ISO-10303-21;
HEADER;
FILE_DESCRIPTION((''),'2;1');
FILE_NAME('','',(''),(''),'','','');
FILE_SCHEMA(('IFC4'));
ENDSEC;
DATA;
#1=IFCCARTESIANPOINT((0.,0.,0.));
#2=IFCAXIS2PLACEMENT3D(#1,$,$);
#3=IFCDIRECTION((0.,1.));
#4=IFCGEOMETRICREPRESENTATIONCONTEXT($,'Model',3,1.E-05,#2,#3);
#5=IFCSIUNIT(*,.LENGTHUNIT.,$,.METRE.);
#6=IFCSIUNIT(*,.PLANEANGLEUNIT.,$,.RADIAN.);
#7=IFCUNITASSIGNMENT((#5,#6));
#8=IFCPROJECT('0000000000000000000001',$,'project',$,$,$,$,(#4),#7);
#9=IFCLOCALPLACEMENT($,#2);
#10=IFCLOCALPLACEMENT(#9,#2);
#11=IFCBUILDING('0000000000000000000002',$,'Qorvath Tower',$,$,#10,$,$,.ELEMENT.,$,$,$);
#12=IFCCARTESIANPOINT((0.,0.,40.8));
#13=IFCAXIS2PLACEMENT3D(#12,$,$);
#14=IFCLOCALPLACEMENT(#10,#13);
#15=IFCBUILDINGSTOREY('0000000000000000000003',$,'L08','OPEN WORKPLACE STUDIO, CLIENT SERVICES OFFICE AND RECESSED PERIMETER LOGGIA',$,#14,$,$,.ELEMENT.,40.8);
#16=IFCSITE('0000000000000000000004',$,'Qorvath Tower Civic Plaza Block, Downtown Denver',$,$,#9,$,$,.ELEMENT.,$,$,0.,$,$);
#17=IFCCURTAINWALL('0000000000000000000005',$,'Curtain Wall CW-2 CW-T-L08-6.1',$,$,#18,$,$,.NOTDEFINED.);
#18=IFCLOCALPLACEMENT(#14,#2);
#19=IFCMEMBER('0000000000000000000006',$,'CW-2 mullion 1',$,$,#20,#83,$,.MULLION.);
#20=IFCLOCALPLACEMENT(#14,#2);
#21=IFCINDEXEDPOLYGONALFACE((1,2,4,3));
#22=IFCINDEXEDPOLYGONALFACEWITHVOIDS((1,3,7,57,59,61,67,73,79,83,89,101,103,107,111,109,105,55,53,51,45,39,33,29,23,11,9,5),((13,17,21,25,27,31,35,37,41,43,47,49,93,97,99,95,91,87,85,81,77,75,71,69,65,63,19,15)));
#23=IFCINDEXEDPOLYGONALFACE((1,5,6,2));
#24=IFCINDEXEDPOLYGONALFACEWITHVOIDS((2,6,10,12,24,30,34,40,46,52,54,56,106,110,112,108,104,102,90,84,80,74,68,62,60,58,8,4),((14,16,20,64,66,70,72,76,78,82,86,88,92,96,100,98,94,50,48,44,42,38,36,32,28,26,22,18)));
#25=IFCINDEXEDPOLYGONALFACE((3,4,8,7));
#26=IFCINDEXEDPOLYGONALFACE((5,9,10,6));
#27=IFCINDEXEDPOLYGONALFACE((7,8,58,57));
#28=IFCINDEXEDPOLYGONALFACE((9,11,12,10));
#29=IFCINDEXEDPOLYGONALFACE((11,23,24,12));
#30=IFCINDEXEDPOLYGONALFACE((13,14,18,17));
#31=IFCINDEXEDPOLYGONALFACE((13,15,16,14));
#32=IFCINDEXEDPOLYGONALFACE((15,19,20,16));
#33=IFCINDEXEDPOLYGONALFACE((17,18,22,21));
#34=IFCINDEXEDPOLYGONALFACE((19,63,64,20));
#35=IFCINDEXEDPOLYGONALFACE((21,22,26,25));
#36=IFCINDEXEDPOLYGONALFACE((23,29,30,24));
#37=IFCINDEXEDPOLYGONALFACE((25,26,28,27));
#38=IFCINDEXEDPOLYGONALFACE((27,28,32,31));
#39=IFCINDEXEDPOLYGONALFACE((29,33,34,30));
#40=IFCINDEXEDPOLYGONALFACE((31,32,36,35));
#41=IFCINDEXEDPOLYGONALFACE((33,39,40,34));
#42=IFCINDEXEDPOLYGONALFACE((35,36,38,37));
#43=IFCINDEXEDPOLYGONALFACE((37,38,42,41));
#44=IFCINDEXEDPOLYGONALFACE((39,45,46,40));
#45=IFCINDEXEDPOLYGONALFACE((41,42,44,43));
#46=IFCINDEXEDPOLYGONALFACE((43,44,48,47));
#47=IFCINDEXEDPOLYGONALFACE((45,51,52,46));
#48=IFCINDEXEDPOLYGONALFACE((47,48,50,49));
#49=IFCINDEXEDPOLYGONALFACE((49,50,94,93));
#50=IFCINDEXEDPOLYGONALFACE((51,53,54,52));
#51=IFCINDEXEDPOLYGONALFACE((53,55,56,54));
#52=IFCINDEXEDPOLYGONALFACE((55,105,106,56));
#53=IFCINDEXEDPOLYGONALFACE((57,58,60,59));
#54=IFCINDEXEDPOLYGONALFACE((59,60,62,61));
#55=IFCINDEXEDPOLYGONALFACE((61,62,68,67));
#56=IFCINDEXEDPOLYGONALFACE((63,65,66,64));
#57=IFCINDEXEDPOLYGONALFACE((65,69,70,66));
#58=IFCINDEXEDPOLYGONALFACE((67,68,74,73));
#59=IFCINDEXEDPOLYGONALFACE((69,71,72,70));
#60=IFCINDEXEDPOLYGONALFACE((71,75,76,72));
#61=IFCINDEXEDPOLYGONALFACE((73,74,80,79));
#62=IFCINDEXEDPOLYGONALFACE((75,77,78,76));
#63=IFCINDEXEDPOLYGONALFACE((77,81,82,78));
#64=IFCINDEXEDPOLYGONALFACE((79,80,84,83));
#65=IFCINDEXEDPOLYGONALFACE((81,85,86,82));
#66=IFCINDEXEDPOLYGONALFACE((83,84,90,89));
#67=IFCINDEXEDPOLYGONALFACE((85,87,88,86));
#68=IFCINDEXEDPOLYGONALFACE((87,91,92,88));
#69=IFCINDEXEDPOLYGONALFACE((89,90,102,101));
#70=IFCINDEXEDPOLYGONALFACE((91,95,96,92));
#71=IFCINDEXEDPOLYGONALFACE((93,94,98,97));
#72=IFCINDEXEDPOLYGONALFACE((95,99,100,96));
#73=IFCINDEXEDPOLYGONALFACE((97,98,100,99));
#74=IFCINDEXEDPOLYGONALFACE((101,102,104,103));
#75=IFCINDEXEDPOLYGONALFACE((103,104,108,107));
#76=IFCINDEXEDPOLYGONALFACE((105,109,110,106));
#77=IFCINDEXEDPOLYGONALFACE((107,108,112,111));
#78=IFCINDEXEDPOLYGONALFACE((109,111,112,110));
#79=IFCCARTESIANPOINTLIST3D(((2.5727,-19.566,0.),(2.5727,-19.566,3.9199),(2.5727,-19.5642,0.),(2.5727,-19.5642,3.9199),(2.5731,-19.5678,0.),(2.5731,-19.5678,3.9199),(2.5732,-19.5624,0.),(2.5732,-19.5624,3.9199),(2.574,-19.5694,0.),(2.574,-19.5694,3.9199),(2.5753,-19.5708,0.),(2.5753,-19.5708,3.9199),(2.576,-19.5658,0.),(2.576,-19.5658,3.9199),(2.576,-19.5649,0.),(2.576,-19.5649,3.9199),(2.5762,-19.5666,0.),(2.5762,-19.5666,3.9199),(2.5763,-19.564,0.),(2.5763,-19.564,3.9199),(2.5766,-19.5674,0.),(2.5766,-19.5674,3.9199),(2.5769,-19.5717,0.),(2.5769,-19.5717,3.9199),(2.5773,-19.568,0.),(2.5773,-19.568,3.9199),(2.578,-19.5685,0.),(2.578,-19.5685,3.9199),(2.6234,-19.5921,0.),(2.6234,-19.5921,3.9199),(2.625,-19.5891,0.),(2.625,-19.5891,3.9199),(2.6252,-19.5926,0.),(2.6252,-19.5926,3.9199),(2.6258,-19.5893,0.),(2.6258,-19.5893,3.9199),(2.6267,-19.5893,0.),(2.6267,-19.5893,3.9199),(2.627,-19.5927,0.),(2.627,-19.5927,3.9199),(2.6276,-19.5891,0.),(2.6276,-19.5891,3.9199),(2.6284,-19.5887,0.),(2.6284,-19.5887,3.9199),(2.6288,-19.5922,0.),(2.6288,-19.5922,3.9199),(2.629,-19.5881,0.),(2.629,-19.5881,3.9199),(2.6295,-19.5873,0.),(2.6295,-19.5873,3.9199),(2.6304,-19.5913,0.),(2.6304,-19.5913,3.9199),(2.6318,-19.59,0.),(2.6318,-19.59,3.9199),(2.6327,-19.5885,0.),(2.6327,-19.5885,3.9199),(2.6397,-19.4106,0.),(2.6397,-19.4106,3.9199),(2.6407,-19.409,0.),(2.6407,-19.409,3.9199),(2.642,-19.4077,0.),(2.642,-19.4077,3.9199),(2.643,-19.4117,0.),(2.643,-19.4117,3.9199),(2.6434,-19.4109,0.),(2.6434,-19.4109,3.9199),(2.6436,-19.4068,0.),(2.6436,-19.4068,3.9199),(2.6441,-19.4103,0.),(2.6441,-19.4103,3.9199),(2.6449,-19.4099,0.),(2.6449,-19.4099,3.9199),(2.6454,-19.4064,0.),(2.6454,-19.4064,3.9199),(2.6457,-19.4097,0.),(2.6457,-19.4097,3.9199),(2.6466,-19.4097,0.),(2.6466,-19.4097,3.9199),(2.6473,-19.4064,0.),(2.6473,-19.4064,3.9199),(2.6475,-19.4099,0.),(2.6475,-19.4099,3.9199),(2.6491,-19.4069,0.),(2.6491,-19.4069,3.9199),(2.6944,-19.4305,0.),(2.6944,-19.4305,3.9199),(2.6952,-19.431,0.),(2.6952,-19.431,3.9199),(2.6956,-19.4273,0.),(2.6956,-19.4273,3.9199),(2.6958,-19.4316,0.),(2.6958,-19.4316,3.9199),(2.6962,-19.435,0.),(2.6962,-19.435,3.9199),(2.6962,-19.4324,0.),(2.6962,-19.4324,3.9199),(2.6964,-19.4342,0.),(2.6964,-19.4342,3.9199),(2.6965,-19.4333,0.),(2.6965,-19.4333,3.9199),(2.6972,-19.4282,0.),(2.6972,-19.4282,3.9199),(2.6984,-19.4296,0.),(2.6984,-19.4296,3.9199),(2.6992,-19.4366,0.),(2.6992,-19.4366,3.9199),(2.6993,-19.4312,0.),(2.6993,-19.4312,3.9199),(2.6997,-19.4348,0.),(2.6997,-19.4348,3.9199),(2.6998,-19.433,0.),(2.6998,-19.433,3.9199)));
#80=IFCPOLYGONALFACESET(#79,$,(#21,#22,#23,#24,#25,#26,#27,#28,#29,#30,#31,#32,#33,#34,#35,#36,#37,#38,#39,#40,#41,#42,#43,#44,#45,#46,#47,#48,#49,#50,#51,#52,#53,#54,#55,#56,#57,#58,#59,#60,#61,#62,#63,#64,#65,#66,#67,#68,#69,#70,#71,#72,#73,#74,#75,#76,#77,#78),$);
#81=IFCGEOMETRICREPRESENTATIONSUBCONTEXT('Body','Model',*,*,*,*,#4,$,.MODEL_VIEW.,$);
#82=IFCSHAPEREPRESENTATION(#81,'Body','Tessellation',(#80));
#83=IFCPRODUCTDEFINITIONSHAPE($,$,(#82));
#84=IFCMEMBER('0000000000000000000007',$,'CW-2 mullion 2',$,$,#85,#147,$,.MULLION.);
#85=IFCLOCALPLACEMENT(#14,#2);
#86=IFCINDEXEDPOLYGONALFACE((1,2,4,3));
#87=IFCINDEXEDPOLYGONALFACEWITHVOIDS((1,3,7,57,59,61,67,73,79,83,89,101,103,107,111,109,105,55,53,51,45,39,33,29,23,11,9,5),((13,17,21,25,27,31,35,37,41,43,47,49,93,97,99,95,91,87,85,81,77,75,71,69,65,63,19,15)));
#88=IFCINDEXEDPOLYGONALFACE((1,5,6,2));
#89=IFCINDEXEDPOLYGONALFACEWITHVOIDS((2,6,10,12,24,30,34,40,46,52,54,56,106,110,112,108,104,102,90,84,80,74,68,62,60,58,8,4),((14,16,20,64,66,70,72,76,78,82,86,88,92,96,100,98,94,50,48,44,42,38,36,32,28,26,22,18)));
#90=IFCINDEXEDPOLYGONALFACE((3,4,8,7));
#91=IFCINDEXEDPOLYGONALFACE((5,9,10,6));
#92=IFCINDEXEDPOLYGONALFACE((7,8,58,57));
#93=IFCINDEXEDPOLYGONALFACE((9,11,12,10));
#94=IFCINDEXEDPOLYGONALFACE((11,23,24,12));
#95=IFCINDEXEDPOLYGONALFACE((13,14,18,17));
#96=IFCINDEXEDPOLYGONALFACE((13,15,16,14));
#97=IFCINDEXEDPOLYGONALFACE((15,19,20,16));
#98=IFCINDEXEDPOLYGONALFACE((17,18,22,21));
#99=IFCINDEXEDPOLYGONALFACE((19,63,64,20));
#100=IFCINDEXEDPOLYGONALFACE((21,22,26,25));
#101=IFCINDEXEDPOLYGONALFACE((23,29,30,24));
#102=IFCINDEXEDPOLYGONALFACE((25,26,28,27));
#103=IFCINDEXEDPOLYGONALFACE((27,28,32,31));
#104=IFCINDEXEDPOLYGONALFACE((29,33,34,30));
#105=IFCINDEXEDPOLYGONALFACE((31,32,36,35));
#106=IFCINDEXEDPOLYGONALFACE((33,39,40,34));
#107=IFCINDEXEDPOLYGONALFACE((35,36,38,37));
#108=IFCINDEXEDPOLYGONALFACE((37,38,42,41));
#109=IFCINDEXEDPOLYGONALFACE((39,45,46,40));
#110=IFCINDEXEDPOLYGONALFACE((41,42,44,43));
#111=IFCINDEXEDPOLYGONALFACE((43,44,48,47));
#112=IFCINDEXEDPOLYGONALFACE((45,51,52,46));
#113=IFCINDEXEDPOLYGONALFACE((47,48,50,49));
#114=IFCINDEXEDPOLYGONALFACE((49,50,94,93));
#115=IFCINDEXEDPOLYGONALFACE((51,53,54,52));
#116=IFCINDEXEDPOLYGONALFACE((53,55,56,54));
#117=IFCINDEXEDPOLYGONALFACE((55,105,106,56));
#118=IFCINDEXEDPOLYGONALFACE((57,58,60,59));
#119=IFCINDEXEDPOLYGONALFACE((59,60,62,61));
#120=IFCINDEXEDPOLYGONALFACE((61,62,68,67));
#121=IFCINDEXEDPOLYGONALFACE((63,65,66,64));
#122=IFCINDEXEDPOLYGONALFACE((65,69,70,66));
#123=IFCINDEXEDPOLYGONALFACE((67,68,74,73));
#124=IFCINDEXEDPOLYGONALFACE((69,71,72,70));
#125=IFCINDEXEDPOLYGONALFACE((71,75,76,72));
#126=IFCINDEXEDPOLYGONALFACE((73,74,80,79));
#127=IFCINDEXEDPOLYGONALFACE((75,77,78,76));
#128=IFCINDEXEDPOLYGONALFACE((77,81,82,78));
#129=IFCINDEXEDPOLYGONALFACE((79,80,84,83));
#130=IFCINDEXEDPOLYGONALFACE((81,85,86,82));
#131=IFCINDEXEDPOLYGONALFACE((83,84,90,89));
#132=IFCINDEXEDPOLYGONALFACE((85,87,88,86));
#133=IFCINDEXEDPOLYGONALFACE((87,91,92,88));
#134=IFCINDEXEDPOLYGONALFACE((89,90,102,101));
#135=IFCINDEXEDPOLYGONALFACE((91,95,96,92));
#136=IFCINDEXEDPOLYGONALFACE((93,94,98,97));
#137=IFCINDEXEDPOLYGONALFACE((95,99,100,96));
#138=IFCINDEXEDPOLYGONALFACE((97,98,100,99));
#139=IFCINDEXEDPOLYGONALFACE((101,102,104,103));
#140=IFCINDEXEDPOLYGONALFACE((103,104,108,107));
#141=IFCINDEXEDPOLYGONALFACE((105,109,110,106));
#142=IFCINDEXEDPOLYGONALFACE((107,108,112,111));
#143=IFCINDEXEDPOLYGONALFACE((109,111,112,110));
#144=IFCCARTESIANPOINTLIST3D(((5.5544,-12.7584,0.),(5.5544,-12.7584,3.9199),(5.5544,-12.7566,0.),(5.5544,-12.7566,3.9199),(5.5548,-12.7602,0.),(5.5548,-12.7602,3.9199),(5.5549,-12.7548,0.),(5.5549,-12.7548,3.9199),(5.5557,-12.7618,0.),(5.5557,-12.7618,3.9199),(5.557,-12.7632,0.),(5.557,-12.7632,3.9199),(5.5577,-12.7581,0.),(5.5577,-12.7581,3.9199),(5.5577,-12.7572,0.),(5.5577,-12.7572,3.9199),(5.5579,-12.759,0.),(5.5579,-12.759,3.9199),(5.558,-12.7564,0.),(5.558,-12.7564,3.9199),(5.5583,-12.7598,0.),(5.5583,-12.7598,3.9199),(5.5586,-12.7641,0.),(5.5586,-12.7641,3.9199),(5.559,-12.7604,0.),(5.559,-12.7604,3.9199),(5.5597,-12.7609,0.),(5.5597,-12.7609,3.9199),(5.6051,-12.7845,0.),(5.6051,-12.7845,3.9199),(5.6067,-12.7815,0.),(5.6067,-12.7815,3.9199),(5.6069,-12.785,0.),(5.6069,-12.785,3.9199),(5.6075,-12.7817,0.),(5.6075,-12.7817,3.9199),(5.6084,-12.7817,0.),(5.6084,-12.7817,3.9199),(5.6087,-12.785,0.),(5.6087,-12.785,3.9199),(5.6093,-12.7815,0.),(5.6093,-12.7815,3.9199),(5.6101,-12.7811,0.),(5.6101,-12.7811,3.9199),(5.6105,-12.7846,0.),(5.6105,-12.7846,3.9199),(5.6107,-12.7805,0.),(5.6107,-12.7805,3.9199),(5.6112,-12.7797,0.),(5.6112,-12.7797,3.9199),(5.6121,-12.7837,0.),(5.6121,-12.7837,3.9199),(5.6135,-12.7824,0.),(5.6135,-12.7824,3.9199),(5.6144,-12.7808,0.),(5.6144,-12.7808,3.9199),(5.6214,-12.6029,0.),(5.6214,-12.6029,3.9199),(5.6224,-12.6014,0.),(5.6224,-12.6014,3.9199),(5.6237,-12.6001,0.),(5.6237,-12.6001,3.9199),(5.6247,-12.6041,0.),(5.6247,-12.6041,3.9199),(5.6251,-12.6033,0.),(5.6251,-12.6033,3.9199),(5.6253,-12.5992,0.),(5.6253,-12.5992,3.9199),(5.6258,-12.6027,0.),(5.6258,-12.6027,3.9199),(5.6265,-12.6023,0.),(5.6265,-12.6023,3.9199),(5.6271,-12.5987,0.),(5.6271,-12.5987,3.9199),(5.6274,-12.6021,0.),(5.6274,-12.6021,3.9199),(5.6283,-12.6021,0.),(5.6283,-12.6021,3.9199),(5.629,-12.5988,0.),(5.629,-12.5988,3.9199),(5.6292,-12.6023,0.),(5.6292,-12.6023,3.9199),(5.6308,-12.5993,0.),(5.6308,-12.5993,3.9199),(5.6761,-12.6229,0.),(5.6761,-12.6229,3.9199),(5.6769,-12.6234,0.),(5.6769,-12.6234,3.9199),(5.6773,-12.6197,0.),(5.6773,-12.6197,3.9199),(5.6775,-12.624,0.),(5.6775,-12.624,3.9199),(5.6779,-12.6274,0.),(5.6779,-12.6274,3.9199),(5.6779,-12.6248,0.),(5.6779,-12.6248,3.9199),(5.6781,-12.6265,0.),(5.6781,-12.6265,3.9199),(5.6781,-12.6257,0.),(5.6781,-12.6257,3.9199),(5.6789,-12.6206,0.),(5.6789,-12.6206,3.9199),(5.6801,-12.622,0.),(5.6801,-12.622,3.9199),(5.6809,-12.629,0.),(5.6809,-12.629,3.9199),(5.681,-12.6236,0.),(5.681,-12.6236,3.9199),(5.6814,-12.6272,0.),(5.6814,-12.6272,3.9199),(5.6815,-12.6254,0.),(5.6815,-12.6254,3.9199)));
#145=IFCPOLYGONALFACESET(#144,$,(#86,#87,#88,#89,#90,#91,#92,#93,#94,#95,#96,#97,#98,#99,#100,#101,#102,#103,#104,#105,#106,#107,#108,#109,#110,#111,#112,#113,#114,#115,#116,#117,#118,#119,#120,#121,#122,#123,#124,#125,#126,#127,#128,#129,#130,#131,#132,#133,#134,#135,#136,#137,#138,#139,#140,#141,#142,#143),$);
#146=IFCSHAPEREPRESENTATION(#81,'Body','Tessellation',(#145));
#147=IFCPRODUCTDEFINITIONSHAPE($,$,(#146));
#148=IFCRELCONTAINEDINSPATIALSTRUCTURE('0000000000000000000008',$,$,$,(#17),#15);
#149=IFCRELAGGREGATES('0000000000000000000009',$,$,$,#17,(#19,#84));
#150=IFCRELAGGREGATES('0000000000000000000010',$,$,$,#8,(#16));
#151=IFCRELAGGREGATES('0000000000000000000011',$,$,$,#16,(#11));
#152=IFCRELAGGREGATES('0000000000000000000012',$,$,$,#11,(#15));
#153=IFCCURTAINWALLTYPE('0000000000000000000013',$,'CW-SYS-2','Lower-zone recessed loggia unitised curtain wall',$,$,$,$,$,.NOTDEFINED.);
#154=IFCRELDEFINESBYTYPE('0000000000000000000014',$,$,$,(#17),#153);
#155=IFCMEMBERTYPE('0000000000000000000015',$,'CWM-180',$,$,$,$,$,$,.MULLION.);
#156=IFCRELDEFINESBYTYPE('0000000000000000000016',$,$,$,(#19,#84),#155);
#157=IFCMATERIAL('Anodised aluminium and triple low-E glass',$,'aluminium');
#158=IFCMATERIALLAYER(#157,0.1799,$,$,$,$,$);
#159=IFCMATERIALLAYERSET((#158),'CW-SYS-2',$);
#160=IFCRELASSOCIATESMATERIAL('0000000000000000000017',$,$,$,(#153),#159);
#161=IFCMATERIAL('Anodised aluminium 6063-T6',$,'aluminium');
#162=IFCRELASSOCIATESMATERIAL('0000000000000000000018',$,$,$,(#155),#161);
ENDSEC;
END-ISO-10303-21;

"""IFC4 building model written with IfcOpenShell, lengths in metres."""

from ifc_helpers import new_model, si_unit, direction, frame, origin, origin_2d, place, context, subcontext, project, spatial, hollow_rectangle, extrude, material, layer, layer_set, material_profile, profile_set, type_object, element, aggregate, save


model = new_model("IFC4")

# Units and contexts
model_context = context("Model", 3, precision=1e-05, world=origin(), true_north=direction((0.0, 1.0)))
body_context = subcontext(model_context, "Body", "Model", "MODEL_VIEW")
ifc_project = project(units=[si_unit("LENGTHUNIT", "METRE"), si_unit("PLANEANGLEUNIT", "RADIAN")], contexts=[model_context])

# Site, building, storey
site_placement = place(None, origin())
site = spatial("IfcSite", under=ifc_project, at=site_placement, Name="Qorvath Tower Civic Plaza Block, Downtown Denver", CompositionType="ELEMENT", RefElevation=0.0)
building_placement = place(site_placement, origin())
building = spatial("IfcBuilding", under=site, at=building_placement, Name="Qorvath Tower", CompositionType="ELEMENT")
storey_placement = place(building_placement, frame((0.0, 0.0, 40.8)))
storey = spatial("IfcBuildingStorey", under=building, at=storey_placement, Name="L08", Description="OPEN WORKPLACE STUDIO, CLIENT SERVICES OFFICE AND RECESSED PERIMETER LOGGIA", CompositionType="ELEMENT", Elevation=40.8)

# Curtain wall, members
ifc_material_1 = material(Name="Anodised aluminium and triple low-E glass", Category="aluminium")
ifc_layer_1 = layer(ifc_material_1, 0.1799)
ifc_layer_set_1 = layer_set([ifc_layer_1], Name="CW-SYS-2")
curtain_wall_type = type_object("IfcCurtainWallType", Name="CW-SYS-2", Description="Lower-zone recessed loggia unitised curtain wall", PredefinedType="NOTDEFINED", material=ifc_layer_set_1)
ifc_material_2 = material(Name="Anodised aluminium 6063-T6", Category="aluminium")
ifc_material_profile_1 = material_profile(ifc_material_2, hollow_rectangle(XDim=0.0649, YDim=0.1799, WallThickness=0.0034, InnerFilletRadius=0.0034, OuterFilletRadius=0.0071, at=origin_2d()), Name="CWM 180x65")
ifc_profile_set_1 = profile_set([ifc_material_profile_1], Name="Anodised aluminium 6063-T6")
member_type_1 = type_object("IfcMemberType", Name="CWM-180", PredefinedType="MULLION", material=ifc_profile_set_1)
curtain_wall_1_placement = place(storey_placement, origin())
curtain_wall_1 = element("IfcCurtainWall", 1, at=curtain_wall_1_placement, inside=storey, type_object=curtain_wall_type, Name="Curtain Wall CW-2 CW-T-L08-6.1", PredefinedType="NOTDEFINED")
member_1_placement = place(storey_placement, frame((2.6362, -19.4995, 0.0), z_axis=(0.0, 0.0, 1.0), x_axis=(-0.916001, 0.401177, 0.0)))
member_1 = element("IfcMember", 2, at=member_1_placement, type_object=member_type_1, Name="CW-2 mullion 1", PredefinedType="MULLION", context=body_context, shape_type="SweptSolid", body=[
    extrude(hollow_rectangle(XDim=0.0649, YDim=0.1799, WallThickness=0.0034, InnerFilletRadius=0.0034, OuterFilletRadius=0.0071, at=origin_2d()), origin(), (0.0, 0.0, 1.0), 3.9199),
])
member_2_placement = place(storey_placement, frame((5.6179, -12.6919, 0.0), z_axis=(0.0, 0.0, 1.0), x_axis=(-0.916001, 0.401177, 0.0)))
member_2 = element("IfcMember", 3, at=member_2_placement, type_object=member_type_1, Name="CW-2 mullion 2", PredefinedType="MULLION", context=body_context, shape_type="SweptSolid", body=[
    extrude(hollow_rectangle(XDim=0.0649, YDim=0.1799, WallThickness=0.0034, InnerFilletRadius=0.0034, OuterFilletRadius=0.0071, at=origin_2d()), origin(), (0.0, 0.0, 1.0), 3.9199),
])

aggregate(curtain_wall_1, [member_1, member_2])

save(model, "model.ifc")
